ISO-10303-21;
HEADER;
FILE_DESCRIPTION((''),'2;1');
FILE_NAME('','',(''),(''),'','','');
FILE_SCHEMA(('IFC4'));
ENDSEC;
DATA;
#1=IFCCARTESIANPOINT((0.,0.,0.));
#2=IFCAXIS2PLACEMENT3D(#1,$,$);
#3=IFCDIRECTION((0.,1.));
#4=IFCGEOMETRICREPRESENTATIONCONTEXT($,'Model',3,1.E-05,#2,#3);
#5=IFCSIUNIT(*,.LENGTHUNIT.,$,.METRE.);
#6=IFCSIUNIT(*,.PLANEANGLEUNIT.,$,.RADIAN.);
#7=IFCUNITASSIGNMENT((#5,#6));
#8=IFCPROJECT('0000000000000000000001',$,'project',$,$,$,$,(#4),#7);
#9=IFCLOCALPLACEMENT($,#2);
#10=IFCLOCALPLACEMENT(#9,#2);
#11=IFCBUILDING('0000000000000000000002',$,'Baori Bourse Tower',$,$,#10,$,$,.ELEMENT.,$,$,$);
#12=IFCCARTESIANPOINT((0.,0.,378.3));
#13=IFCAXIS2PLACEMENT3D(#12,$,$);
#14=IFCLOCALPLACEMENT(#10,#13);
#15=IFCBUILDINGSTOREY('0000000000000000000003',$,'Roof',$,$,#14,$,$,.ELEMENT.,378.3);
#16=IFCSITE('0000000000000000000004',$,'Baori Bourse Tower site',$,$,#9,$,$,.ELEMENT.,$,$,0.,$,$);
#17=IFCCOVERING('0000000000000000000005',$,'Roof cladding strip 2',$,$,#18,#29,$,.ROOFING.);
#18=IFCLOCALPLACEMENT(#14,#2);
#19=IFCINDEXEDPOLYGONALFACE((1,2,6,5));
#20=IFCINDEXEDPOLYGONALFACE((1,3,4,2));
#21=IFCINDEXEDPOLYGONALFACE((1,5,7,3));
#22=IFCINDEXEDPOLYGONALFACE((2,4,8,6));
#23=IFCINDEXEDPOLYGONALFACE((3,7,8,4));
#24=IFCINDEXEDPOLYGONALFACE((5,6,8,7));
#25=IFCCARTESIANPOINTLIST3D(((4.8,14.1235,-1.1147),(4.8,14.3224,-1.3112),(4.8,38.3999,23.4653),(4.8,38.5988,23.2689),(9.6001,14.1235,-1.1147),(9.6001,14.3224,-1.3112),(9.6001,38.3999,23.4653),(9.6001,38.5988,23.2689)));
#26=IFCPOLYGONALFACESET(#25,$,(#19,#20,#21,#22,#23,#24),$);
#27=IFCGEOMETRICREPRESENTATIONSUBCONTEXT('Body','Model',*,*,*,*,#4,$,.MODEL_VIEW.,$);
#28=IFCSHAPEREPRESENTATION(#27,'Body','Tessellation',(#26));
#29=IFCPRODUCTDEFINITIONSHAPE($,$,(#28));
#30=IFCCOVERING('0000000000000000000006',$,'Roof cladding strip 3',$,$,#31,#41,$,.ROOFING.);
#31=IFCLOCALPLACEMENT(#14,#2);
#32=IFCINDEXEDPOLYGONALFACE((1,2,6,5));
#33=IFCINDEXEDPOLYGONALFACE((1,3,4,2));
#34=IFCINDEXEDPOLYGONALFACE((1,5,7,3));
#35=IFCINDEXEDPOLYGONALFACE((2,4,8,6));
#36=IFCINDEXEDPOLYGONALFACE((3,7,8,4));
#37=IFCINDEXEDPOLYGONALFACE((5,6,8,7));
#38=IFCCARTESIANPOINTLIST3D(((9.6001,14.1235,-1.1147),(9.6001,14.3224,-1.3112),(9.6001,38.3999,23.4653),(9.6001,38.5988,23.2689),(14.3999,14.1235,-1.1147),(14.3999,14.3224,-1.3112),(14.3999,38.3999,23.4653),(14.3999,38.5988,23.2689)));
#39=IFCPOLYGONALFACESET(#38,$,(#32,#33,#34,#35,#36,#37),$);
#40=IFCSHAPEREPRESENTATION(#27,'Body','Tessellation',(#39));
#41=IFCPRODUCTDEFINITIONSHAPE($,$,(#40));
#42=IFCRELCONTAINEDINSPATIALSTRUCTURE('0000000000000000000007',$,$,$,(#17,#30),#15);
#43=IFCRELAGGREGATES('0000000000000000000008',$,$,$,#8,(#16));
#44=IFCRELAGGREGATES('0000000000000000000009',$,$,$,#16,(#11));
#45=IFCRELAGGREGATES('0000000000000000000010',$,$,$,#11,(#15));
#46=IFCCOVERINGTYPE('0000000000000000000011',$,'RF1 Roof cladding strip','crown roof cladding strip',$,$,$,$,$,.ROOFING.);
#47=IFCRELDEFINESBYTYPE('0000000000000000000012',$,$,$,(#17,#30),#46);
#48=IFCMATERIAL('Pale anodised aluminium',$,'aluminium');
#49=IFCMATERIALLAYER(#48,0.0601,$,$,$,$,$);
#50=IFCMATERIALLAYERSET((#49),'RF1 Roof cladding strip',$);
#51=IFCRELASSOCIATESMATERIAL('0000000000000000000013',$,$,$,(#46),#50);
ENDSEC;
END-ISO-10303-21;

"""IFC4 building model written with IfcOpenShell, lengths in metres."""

from ifc_helpers import new_model, si_unit, direction, frame, origin, place, context, subcontext, project, spatial, polyline, outline, extrude, material, layer, layer_set, type_object, element, save


model = new_model("IFC4")

# Units and contexts
model_context = context("Model", 3, precision=1e-05, world=origin(), true_north=direction((0.0, 1.0)))
body_context = subcontext(model_context, "Body", "Model", "MODEL_VIEW")
ifc_project = project(units=[si_unit("LENGTHUNIT", "METRE"), si_unit("PLANEANGLEUNIT", "RADIAN")], contexts=[model_context])

# Site, building, storey
site_placement = place(None, origin())
site = spatial("IfcSite", under=ifc_project, at=site_placement, Name="Baori Bourse Tower site", CompositionType="ELEMENT", RefElevation=0.0)
building_placement = place(site_placement, origin())
building = spatial("IfcBuilding", under=site, at=building_placement, Name="Baori Bourse Tower", CompositionType="ELEMENT")
storey_placement = place(building_placement, frame((0.0, 0.0, 378.3)))
storey = spatial("IfcBuildingStorey", under=building, at=storey_placement, Name="Roof", CompositionType="ELEMENT", Elevation=378.3)

# Coverings
ifc_material_1 = material(Name="Pale anodised aluminium", Category="aluminium")
ifc_layer_1 = layer(ifc_material_1, 0.0601)
ifc_layer_set_1 = layer_set([ifc_layer_1], Name="RF1 Roof cladding strip")
covering_type = type_object("IfcCoveringType", Name="RF1 Roof cladding strip", Description="crown roof cladding strip", PredefinedType="ROOFING", material=ifc_layer_set_1)
covering_1_placement = place(storey_placement, frame((9.6001, 14.1235, -1.1147), z_axis=(0.0, -0.711489, 0.702698), x_axis=(0.0, 0.702698, 0.711489)))
element("IfcCovering", 1, at=covering_1_placement, inside=storey, type_object=covering_type, Name="Roof cladding strip 2", PredefinedType="ROOFING", context=body_context, shape_type="SweptSolid", body=[
    extrude(outline(polyline([(0.0, 0.0), (34.5474, 0.0), (34.5474, 4.8), (0.0, 4.8), (0.0, 0.0)])), origin(), (0.0, 0.0, -1.0), 0.2795),
])
covering_2_placement = place(storey_placement, frame((14.3999, 14.1235, -1.1147), z_axis=(0.0, -0.711489, 0.702698), x_axis=(0.0, 0.702698, 0.711489)))
element("IfcCovering", 2, at=covering_2_placement, inside=storey, type_object=covering_type, Name="Roof cladding strip 3", PredefinedType="ROOFING", context=body_context, shape_type="SweptSolid", body=[
    extrude(outline(polyline([(0.0, 0.0), (34.5474, 0.0), (34.5474, 4.7998), (0.0, 4.7998), (0.0, 0.0)])), origin(), (0.0, 0.0, -1.0), 0.2795),
])

save(model, "model.ifc")
